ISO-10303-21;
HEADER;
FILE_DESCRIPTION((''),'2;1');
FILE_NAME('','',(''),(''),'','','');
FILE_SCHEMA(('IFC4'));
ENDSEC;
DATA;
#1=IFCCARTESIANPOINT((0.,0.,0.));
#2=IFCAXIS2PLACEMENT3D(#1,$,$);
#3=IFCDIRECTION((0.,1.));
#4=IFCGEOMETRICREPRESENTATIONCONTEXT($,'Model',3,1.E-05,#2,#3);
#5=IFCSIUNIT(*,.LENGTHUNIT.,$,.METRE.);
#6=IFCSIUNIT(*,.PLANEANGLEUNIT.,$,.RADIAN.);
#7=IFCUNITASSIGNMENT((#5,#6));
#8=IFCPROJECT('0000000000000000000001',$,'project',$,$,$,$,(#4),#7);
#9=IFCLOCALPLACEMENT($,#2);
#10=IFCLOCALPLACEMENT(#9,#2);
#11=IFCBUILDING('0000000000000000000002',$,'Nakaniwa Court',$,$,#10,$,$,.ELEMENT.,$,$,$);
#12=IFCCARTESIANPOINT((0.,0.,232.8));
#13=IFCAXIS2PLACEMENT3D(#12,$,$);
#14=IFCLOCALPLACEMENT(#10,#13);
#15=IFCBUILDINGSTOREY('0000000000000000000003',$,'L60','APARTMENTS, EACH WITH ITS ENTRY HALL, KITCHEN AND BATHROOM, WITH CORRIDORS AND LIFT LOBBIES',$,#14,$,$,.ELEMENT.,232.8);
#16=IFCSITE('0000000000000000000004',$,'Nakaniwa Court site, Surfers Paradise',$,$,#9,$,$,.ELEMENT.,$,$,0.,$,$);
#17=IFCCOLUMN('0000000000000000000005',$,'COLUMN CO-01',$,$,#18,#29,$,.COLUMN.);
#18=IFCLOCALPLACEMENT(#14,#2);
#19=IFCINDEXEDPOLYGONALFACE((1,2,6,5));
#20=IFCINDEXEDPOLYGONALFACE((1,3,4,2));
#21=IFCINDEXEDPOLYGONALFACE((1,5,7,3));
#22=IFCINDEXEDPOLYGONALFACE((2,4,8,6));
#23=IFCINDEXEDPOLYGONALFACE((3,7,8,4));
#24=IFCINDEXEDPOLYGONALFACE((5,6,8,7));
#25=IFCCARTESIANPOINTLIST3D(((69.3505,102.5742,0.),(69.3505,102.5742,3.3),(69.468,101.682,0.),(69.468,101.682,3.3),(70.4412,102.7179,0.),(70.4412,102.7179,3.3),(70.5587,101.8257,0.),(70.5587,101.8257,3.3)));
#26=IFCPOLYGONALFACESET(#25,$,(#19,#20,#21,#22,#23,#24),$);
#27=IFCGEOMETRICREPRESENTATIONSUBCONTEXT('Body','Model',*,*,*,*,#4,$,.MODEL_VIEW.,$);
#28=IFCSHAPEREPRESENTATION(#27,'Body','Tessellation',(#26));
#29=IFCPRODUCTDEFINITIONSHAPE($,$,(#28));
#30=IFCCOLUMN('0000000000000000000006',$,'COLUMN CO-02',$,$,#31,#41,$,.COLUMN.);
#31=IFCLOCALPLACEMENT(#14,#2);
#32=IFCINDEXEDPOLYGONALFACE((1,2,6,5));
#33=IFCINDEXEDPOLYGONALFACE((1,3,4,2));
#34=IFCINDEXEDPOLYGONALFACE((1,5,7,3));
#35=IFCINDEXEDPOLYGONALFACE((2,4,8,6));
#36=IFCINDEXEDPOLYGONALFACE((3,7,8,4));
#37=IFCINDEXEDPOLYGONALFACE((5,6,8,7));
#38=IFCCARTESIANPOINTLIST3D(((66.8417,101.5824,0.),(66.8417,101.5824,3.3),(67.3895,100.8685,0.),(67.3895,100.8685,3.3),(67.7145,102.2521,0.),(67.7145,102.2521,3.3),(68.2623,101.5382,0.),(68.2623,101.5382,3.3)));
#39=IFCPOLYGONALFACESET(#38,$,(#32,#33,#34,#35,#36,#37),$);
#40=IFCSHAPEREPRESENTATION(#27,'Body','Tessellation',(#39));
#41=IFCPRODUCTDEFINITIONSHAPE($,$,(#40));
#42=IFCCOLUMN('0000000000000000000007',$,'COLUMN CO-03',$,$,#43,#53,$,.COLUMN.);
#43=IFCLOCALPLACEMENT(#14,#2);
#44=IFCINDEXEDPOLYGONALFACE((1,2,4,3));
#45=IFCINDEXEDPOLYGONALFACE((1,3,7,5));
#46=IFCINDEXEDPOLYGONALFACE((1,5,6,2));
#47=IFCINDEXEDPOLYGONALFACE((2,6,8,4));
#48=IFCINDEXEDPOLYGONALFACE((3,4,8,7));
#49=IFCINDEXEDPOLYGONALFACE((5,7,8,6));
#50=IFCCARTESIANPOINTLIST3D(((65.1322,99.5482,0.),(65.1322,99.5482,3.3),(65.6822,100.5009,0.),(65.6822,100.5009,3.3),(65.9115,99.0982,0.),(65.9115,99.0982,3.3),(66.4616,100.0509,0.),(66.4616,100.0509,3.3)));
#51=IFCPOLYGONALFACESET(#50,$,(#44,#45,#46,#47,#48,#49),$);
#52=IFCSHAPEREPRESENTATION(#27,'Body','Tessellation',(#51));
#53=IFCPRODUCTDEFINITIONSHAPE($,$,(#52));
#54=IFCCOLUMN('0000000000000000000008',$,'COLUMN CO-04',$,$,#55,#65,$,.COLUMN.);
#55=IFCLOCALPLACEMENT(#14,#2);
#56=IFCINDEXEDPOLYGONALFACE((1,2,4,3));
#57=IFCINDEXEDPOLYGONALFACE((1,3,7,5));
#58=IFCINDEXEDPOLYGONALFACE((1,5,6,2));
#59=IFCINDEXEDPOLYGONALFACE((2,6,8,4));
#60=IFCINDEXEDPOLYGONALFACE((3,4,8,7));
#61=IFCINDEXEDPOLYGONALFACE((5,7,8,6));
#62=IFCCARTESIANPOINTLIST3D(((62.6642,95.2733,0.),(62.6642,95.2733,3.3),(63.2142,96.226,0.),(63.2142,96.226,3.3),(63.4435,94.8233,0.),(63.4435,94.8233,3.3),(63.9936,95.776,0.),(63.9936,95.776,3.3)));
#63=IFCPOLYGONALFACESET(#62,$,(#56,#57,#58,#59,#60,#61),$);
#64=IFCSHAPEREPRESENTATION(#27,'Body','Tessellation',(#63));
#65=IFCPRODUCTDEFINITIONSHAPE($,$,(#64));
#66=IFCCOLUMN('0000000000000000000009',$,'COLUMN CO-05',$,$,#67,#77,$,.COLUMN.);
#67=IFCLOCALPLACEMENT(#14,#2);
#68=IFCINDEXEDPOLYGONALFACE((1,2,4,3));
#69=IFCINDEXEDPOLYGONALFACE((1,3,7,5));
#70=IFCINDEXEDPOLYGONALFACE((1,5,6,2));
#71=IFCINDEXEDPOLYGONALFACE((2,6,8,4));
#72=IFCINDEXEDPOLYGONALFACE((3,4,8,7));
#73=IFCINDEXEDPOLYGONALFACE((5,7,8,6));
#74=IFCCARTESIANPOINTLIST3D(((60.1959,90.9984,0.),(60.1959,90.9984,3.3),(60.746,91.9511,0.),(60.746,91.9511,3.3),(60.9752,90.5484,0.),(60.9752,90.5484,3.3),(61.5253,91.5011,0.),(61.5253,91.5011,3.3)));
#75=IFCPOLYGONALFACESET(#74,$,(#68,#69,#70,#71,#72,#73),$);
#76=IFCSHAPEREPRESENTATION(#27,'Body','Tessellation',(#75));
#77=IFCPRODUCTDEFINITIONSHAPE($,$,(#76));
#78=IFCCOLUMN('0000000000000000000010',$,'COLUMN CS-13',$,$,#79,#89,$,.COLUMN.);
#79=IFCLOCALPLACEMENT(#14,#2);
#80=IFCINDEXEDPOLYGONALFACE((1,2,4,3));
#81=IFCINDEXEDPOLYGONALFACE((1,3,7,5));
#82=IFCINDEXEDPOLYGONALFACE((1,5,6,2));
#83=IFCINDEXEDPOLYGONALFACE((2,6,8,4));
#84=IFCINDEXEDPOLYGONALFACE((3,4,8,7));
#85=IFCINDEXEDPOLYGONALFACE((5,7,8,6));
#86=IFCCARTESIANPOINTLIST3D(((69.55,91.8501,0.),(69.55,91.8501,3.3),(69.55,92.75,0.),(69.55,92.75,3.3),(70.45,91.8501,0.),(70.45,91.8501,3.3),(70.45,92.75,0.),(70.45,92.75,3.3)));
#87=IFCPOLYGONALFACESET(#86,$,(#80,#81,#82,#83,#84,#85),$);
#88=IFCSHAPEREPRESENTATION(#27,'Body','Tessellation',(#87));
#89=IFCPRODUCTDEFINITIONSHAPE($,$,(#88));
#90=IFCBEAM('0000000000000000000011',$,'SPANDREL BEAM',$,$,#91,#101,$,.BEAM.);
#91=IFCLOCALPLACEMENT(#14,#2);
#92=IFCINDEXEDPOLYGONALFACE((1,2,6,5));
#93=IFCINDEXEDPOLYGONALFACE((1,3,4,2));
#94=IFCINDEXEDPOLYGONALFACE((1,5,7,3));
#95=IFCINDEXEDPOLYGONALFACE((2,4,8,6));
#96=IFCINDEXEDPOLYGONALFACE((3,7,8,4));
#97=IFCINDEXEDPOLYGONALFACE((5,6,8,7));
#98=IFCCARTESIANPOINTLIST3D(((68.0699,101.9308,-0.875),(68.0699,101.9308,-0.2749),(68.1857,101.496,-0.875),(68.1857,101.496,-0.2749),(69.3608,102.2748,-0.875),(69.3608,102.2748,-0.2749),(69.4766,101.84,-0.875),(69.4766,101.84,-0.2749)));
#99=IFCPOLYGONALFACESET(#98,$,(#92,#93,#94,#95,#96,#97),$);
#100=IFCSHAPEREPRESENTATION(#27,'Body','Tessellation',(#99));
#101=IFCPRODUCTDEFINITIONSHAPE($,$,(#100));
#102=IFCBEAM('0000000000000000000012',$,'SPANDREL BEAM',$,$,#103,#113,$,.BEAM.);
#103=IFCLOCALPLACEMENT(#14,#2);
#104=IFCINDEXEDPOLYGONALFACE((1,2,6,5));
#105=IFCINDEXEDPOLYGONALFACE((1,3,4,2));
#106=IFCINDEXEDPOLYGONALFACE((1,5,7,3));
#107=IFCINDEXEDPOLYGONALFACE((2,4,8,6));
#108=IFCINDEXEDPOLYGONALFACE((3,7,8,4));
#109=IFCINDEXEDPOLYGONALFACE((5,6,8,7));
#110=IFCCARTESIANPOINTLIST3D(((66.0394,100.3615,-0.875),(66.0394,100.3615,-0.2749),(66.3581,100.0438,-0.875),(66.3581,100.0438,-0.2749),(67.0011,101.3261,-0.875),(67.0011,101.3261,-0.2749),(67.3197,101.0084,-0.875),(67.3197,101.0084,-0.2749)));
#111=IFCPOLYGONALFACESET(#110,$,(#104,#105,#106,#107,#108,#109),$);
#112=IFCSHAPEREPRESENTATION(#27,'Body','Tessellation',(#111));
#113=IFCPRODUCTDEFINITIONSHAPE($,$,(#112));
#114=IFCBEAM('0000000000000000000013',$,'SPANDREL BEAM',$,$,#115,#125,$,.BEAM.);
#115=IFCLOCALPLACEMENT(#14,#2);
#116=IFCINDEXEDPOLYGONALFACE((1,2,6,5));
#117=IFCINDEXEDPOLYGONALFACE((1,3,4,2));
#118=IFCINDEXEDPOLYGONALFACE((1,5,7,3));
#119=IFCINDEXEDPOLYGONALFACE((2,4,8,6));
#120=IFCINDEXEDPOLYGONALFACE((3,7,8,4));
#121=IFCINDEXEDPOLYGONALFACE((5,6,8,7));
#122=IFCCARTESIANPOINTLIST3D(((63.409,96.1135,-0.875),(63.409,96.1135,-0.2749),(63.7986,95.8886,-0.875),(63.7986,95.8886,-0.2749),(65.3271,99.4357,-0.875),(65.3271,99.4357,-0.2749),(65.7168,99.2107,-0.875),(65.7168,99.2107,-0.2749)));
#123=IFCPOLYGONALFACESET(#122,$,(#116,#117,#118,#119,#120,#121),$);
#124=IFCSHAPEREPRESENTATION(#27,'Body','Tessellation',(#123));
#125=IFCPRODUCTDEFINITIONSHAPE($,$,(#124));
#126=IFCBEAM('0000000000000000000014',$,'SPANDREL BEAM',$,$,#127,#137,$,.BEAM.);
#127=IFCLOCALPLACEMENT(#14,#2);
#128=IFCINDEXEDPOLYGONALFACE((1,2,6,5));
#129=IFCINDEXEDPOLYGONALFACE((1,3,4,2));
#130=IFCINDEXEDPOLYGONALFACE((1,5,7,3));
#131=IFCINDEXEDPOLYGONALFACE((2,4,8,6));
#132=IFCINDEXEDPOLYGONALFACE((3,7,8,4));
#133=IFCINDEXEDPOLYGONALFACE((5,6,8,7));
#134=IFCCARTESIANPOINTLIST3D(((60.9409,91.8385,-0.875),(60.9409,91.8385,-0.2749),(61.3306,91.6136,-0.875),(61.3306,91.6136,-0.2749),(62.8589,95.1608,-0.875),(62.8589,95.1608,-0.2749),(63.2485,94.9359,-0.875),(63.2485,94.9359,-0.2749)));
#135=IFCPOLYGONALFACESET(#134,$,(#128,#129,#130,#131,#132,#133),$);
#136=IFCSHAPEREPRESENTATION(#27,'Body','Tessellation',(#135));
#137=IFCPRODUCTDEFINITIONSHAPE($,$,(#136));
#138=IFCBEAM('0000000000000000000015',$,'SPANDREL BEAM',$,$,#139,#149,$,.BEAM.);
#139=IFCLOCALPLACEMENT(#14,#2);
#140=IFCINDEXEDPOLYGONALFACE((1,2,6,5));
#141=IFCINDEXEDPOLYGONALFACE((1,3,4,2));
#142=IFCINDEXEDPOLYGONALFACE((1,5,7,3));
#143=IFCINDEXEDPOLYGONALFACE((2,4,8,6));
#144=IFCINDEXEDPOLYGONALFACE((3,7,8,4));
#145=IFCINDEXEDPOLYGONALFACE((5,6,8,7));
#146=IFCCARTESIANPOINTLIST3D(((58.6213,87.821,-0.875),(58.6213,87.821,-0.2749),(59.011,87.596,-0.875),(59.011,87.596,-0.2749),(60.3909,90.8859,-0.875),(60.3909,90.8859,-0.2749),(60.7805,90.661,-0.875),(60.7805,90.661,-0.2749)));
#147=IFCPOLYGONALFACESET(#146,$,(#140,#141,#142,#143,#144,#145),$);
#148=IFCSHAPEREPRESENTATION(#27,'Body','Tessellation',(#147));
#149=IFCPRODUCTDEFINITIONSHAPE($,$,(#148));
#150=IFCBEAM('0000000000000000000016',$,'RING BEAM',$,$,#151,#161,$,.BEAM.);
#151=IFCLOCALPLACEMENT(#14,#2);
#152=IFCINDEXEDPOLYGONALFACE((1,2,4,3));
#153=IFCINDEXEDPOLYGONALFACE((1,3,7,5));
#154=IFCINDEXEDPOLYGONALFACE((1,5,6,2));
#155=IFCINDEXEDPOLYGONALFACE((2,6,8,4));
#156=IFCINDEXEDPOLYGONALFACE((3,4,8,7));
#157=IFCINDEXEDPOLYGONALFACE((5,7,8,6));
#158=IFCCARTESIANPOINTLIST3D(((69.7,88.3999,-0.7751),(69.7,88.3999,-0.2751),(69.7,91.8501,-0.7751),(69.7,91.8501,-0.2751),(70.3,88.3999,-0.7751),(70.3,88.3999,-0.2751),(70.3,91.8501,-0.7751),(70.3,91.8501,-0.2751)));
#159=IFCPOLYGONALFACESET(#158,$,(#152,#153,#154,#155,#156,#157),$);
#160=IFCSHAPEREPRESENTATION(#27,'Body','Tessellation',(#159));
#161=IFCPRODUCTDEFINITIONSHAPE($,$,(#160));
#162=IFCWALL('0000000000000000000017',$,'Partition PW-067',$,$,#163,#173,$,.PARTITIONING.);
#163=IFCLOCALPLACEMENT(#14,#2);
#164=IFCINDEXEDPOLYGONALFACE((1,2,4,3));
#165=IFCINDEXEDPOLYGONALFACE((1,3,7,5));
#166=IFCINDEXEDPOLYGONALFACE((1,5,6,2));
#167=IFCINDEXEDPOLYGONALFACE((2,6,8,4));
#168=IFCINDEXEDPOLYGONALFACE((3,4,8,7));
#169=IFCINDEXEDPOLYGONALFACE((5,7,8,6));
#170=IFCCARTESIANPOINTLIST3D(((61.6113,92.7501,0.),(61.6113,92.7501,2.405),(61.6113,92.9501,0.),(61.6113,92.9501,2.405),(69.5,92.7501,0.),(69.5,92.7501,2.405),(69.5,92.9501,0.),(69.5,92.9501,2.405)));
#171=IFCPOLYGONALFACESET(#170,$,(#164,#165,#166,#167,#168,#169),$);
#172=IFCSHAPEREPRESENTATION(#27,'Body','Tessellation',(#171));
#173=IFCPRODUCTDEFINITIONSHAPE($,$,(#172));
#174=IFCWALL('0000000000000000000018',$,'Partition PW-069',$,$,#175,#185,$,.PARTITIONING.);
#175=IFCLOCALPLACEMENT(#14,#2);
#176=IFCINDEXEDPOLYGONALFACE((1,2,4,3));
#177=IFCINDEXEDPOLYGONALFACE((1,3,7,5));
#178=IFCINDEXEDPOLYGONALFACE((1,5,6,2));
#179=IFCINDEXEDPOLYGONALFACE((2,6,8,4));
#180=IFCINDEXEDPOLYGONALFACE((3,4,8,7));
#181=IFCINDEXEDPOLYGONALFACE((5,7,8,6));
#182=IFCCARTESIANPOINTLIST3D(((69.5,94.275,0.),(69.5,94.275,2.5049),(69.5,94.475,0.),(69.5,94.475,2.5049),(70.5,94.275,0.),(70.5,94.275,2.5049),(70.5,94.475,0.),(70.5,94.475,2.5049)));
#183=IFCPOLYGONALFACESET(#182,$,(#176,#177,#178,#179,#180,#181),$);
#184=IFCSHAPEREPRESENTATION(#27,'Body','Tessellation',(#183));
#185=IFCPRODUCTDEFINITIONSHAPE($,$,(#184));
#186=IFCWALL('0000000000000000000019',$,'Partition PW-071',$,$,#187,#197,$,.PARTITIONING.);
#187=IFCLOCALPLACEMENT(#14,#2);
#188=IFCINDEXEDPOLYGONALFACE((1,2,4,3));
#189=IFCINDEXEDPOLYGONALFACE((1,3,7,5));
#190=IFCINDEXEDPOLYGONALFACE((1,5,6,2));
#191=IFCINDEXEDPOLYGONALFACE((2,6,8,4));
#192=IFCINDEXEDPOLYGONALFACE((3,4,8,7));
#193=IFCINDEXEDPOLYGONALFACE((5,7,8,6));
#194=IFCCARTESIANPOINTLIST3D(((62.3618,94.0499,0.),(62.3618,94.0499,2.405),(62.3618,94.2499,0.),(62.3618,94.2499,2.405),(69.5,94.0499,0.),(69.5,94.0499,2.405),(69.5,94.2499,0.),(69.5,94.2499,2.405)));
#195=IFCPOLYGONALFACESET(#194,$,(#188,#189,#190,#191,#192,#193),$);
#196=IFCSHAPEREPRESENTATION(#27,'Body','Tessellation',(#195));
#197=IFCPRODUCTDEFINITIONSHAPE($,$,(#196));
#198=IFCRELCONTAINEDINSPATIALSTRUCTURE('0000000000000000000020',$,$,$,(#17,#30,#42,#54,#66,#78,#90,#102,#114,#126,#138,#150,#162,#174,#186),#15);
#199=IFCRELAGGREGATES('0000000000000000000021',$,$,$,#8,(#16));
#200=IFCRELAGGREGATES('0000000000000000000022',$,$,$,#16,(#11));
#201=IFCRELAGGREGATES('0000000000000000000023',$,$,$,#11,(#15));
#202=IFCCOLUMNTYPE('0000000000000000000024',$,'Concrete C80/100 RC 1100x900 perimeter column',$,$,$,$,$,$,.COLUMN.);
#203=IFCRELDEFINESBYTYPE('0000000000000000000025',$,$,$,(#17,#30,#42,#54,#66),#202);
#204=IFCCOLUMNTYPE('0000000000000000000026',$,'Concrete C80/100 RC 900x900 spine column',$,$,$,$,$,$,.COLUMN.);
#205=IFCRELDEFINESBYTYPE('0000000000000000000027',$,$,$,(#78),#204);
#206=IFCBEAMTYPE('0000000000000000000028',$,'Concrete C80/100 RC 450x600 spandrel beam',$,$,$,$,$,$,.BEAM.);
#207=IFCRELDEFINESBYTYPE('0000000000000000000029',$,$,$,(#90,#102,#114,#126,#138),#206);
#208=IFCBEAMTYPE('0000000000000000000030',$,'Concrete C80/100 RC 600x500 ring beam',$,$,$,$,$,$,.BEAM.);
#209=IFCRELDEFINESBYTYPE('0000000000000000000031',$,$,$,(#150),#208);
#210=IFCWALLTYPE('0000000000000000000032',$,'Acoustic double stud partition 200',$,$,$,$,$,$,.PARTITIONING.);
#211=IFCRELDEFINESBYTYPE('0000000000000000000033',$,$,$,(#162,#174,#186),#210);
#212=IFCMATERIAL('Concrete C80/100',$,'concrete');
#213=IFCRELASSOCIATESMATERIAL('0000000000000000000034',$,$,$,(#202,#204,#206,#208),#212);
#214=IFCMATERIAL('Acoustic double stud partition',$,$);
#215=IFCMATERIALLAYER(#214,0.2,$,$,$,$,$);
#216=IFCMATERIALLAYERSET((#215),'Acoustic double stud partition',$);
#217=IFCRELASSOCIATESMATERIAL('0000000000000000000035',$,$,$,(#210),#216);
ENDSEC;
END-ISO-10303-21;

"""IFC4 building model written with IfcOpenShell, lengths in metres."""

from ifc_helpers import new_model, si_unit, direction, frame, frame_2d, origin, origin_2d, place, context, subcontext, project, spatial, rectangle, extrude, material, layer, layer_set, material_profile, profile_set, type_object, element, save


model = new_model("IFC4")

# Units and contexts
model_context = context("Model", 3, precision=1e-05, world=origin(), true_north=direction((0.0, 1.0)))
body_context = subcontext(model_context, "Body", "Model", "MODEL_VIEW")
ifc_project = project(units=[si_unit("LENGTHUNIT", "METRE"), si_unit("PLANEANGLEUNIT", "RADIAN")], contexts=[model_context])

# Site, building, storey
site_placement = place(None, origin())
site = spatial("IfcSite", under=ifc_project, at=site_placement, Name="Nakaniwa Court site, Surfers Paradise", CompositionType="ELEMENT", RefElevation=0.0)
building_placement = place(site_placement, origin())
building = spatial("IfcBuilding", under=site, at=building_placement, Name="Nakaniwa Court", CompositionType="ELEMENT")
storey_placement = place(building_placement, frame((0.0, 0.0, 232.8)))
storey = spatial("IfcBuildingStorey", under=building, at=storey_placement, Name="L60", Description="APARTMENTS, EACH WITH ITS ENTRY HALL, KITCHEN AND BATHROOM, WITH CORRIDORS AND LIFT LOBBIES", CompositionType="ELEMENT", Elevation=232.8)

# Columns
ifc_material_1 = material(Name="Concrete C80/100", Category="concrete")
ifc_material_profile_1 = material_profile(ifc_material_1, rectangle(XDim=1.1001, YDim=0.8999, at=origin_2d()), Name="Concrete C80/100 RC 1100x900 perimeter column")
ifc_profile_set_1 = profile_set([ifc_material_profile_1], Name="Concrete C80/100")
column_type_1 = type_object("IfcColumnType", Name="Concrete C80/100 RC 1100x900 perimeter column", PredefinedType="COLUMN", material=ifc_profile_set_1)
for number, where, z_axis, x_axis, name in (
    (1, (69.9546, 102.2, 0.0), (0.0, 0.0, 1.0), (-0.991443, -0.130543, 0.0), "COLUMN CO-01"),
    (2, (67.552, 101.5603, 0.0), (0.0, 0.0, 1.0), (-0.793364, -0.608748, 0.0), "COLUMN CO-02"),
    (3, (65.7969, 99.7996, 0.0), (0.0, 0.0, 1.0), (-0.5, -0.866025, 0.0), "COLUMN CO-03"),
    (4, (63.3289, 95.5247, 0.0), (0.0, 0.0, 1.0), (-0.5, -0.866025, 0.0), "COLUMN CO-04"),
    (5, (60.8606, 91.2498, 0.0), (0.0, 0.0, 1.0), (-0.5, -0.866025, 0.0), "COLUMN CO-05"),
):
    element("IfcColumn", number, at=place(storey_placement, frame(where, z_axis=z_axis, x_axis=x_axis)), inside=storey, type_object=column_type_1, Name=name, PredefinedType="COLUMN", context=body_context, shape_type="SweptSolid", body=[
        extrude(rectangle(XDim=1.1001, YDim=0.8999, at=origin_2d()), origin(), (0.0, 0.0, 1.0), 3.3),
    ])
ifc_material_profile_2 = material_profile(ifc_material_1, rectangle(XDim=0.8999, YDim=0.8999, at=origin_2d()), Name="Concrete C80/100 RC 900x900 spine column")
ifc_profile_set_2 = profile_set([ifc_material_profile_2], Name="Concrete C80/100")
column_type_2 = type_object("IfcColumnType", Name="Concrete C80/100 RC 900x900 spine column", PredefinedType="COLUMN", material=ifc_profile_set_2)
column_placement = place(storey_placement, frame((70.0, 92.3, 0.0), z_axis=(0.0, 0.0, 1.0), x_axis=(0.0, -1.0, 0.0)))
element("IfcColumn", 6, at=column_placement, inside=storey, type_object=column_type_2, Name="COLUMN CS-13", PredefinedType="COLUMN", context=body_context, shape_type="SweptSolid", body=[
    extrude(rectangle(XDim=0.8999, YDim=0.8999, at=origin_2d()), origin(), (0.0, 0.0, 1.0), 3.3),
])

# Beams
ifc_material_profile_3 = material_profile(ifc_material_1, rectangle(XDim=0.45, YDim=0.6001, at=origin_2d()), Name="Concrete C80/100 RC 450x600 spandrel beam")
ifc_profile_set_3 = profile_set([ifc_material_profile_3], Name="Concrete C80/100")
beam_type_1 = type_object("IfcBeamType", Name="Concrete C80/100 RC 450x600 spandrel beam", PredefinedType="BEAM", material=ifc_profile_set_3)
beam_1_placement = place(storey_placement, frame((69.4187, 102.0574, -0.575), z_axis=(-0.966286, -0.257469, 0.0), x_axis=(0.257469, -0.966286, 0.0)))
element("IfcBeam", 7, at=beam_1_placement, inside=storey, type_object=beam_type_1, Name="SPANDREL BEAM", PredefinedType="BEAM", context=body_context, shape_type="SweptSolid", body=[
    extrude(rectangle(XDim=0.45, YDim=0.6001, at=origin_2d()), origin(), (0.0, 0.0, 1.0), 1.3359),
])
beam_2_placement = place(storey_placement, frame((67.1604, 101.1672, -0.575), z_axis=(-0.706031, -0.708181, 0.0), x_axis=(0.708181, -0.706031, 0.0)))
element("IfcBeam", 8, at=beam_2_placement, inside=storey, type_object=beam_type_1, Name="SPANDREL BEAM", PredefinedType="BEAM", context=body_context, shape_type="SweptSolid", body=[
    extrude(rectangle(XDim=0.45, YDim=0.6001, at=origin_2d()), origin(), (0.0, 0.0, 1.0), 1.3621),
])
for number, where, z_axis, x_axis, name in (
    (9, (65.522, 99.3232, -0.575), (-0.50002, -0.866014, 0.0), (0.866014, -0.50002, 0.0), "SPANDREL BEAM"),
    (10, (63.0537, 95.0483, -0.575), (-0.499972, -0.866041, 0.0), (0.866041, -0.499972, 0.0), "SPANDREL BEAM"),
):
    element("IfcBeam", number, at=place(storey_placement, frame(where, z_axis=z_axis, x_axis=x_axis)), inside=storey, type_object=beam_type_1, Name=name, PredefinedType="BEAM", context=body_context, shape_type="SweptSolid", body=[
        extrude(rectangle(XDim=0.45, YDim=0.6001, at=origin_2d()), origin(), (0.0, 0.0, 1.0), 3.8362),
    ])
beam_3_placement = place(storey_placement, frame((60.5857, 90.7734, -0.575), z_axis=(-0.499997, -0.866027, 0.0), x_axis=(0.866027, -0.499997, 0.0)))
element("IfcBeam", 11, at=beam_3_placement, inside=storey, type_object=beam_type_1, Name="SPANDREL BEAM", PredefinedType="BEAM", context=body_context, shape_type="SweptSolid", body=[
    extrude(rectangle(XDim=0.45, YDim=0.6001, at=origin_2d()), origin(), (0.0, 0.0, 1.0), 3.5391),
])
ifc_material_profile_4 = material_profile(ifc_material_1, rectangle(XDim=0.6001, YDim=0.5, at=origin_2d()), Name="Concrete C80/100 RC 600x500 ring beam")
ifc_profile_set_4 = profile_set([ifc_material_profile_4], Name="Concrete C80/100")
beam_type_2 = type_object("IfcBeamType", Name="Concrete C80/100 RC 600x500 ring beam", PredefinedType="BEAM", material=ifc_profile_set_4)
beam_4_placement = place(storey_placement, frame((70.0, 91.8501, -0.5251), z_axis=(0.0, -1.0, 0.0), x_axis=(1.0, 0.0, 0.0)))
element("IfcBeam", 12, at=beam_4_placement, inside=storey, type_object=beam_type_2, Name="RING BEAM", PredefinedType="BEAM", context=body_context, shape_type="SweptSolid", body=[
    extrude(rectangle(XDim=0.6001, YDim=0.5, at=origin_2d()), origin(), (0.0, 0.0, 1.0), 3.4502),
])

# Walls
ifc_material_2 = material(Name="Acoustic double stud partition")
ifc_layer_1 = layer(ifc_material_2, 0.2)
ifc_layer_set_1 = layer_set([ifc_layer_1], Name="Acoustic double stud partition")
wall_type_1 = type_object("IfcWallType", Name="Acoustic double stud partition 200", PredefinedType="PARTITIONING", material=ifc_layer_set_1)
wall_1_placement = place(storey_placement, frame((61.6113, 92.8501, 0.0), z_axis=(0.0, 0.0, 1.0), x_axis=(1.0, 0.0, 0.0)))
element("IfcWall", 13, at=wall_1_placement, inside=storey, type_object=wall_type_1, Name="Partition PW-067", PredefinedType="PARTITIONING", context=body_context, shape_type="SweptSolid", body=[
    extrude(rectangle(XDim=7.8887, YDim=0.2, at=frame_2d((3.9443, 0.0))), origin(), (0.0, 0.0, 1.0), 2.405),
])
wall_2_placement = place(storey_placement, frame((69.5, 94.375, 0.0), z_axis=(0.0, 0.0, 1.0), x_axis=(1.0, 0.0, 0.0)))
element("IfcWall", 14, at=wall_2_placement, inside=storey, type_object=wall_type_1, Name="Partition PW-069", PredefinedType="PARTITIONING", context=body_context, shape_type="SweptSolid", body=[
    extrude(rectangle(XDim=1.0, YDim=0.2, at=frame_2d((0.5, 0.0))), origin(), (0.0, 0.0, 1.0), 2.5049),
])
wall_3_placement = place(storey_placement, frame((62.3618, 94.1499, 0.0), z_axis=(0.0, 0.0, 1.0), x_axis=(1.0, 0.0, 0.0)))
element("IfcWall", 15, at=wall_3_placement, inside=storey, type_object=wall_type_1, Name="Partition PW-071", PredefinedType="PARTITIONING", context=body_context, shape_type="SweptSolid", body=[
    extrude(rectangle(XDim=7.1382, YDim=0.2, at=frame_2d((3.5691, 0.0))), origin(), (0.0, 0.0, 1.0), 2.405),
])

save(model, "model.ifc")
